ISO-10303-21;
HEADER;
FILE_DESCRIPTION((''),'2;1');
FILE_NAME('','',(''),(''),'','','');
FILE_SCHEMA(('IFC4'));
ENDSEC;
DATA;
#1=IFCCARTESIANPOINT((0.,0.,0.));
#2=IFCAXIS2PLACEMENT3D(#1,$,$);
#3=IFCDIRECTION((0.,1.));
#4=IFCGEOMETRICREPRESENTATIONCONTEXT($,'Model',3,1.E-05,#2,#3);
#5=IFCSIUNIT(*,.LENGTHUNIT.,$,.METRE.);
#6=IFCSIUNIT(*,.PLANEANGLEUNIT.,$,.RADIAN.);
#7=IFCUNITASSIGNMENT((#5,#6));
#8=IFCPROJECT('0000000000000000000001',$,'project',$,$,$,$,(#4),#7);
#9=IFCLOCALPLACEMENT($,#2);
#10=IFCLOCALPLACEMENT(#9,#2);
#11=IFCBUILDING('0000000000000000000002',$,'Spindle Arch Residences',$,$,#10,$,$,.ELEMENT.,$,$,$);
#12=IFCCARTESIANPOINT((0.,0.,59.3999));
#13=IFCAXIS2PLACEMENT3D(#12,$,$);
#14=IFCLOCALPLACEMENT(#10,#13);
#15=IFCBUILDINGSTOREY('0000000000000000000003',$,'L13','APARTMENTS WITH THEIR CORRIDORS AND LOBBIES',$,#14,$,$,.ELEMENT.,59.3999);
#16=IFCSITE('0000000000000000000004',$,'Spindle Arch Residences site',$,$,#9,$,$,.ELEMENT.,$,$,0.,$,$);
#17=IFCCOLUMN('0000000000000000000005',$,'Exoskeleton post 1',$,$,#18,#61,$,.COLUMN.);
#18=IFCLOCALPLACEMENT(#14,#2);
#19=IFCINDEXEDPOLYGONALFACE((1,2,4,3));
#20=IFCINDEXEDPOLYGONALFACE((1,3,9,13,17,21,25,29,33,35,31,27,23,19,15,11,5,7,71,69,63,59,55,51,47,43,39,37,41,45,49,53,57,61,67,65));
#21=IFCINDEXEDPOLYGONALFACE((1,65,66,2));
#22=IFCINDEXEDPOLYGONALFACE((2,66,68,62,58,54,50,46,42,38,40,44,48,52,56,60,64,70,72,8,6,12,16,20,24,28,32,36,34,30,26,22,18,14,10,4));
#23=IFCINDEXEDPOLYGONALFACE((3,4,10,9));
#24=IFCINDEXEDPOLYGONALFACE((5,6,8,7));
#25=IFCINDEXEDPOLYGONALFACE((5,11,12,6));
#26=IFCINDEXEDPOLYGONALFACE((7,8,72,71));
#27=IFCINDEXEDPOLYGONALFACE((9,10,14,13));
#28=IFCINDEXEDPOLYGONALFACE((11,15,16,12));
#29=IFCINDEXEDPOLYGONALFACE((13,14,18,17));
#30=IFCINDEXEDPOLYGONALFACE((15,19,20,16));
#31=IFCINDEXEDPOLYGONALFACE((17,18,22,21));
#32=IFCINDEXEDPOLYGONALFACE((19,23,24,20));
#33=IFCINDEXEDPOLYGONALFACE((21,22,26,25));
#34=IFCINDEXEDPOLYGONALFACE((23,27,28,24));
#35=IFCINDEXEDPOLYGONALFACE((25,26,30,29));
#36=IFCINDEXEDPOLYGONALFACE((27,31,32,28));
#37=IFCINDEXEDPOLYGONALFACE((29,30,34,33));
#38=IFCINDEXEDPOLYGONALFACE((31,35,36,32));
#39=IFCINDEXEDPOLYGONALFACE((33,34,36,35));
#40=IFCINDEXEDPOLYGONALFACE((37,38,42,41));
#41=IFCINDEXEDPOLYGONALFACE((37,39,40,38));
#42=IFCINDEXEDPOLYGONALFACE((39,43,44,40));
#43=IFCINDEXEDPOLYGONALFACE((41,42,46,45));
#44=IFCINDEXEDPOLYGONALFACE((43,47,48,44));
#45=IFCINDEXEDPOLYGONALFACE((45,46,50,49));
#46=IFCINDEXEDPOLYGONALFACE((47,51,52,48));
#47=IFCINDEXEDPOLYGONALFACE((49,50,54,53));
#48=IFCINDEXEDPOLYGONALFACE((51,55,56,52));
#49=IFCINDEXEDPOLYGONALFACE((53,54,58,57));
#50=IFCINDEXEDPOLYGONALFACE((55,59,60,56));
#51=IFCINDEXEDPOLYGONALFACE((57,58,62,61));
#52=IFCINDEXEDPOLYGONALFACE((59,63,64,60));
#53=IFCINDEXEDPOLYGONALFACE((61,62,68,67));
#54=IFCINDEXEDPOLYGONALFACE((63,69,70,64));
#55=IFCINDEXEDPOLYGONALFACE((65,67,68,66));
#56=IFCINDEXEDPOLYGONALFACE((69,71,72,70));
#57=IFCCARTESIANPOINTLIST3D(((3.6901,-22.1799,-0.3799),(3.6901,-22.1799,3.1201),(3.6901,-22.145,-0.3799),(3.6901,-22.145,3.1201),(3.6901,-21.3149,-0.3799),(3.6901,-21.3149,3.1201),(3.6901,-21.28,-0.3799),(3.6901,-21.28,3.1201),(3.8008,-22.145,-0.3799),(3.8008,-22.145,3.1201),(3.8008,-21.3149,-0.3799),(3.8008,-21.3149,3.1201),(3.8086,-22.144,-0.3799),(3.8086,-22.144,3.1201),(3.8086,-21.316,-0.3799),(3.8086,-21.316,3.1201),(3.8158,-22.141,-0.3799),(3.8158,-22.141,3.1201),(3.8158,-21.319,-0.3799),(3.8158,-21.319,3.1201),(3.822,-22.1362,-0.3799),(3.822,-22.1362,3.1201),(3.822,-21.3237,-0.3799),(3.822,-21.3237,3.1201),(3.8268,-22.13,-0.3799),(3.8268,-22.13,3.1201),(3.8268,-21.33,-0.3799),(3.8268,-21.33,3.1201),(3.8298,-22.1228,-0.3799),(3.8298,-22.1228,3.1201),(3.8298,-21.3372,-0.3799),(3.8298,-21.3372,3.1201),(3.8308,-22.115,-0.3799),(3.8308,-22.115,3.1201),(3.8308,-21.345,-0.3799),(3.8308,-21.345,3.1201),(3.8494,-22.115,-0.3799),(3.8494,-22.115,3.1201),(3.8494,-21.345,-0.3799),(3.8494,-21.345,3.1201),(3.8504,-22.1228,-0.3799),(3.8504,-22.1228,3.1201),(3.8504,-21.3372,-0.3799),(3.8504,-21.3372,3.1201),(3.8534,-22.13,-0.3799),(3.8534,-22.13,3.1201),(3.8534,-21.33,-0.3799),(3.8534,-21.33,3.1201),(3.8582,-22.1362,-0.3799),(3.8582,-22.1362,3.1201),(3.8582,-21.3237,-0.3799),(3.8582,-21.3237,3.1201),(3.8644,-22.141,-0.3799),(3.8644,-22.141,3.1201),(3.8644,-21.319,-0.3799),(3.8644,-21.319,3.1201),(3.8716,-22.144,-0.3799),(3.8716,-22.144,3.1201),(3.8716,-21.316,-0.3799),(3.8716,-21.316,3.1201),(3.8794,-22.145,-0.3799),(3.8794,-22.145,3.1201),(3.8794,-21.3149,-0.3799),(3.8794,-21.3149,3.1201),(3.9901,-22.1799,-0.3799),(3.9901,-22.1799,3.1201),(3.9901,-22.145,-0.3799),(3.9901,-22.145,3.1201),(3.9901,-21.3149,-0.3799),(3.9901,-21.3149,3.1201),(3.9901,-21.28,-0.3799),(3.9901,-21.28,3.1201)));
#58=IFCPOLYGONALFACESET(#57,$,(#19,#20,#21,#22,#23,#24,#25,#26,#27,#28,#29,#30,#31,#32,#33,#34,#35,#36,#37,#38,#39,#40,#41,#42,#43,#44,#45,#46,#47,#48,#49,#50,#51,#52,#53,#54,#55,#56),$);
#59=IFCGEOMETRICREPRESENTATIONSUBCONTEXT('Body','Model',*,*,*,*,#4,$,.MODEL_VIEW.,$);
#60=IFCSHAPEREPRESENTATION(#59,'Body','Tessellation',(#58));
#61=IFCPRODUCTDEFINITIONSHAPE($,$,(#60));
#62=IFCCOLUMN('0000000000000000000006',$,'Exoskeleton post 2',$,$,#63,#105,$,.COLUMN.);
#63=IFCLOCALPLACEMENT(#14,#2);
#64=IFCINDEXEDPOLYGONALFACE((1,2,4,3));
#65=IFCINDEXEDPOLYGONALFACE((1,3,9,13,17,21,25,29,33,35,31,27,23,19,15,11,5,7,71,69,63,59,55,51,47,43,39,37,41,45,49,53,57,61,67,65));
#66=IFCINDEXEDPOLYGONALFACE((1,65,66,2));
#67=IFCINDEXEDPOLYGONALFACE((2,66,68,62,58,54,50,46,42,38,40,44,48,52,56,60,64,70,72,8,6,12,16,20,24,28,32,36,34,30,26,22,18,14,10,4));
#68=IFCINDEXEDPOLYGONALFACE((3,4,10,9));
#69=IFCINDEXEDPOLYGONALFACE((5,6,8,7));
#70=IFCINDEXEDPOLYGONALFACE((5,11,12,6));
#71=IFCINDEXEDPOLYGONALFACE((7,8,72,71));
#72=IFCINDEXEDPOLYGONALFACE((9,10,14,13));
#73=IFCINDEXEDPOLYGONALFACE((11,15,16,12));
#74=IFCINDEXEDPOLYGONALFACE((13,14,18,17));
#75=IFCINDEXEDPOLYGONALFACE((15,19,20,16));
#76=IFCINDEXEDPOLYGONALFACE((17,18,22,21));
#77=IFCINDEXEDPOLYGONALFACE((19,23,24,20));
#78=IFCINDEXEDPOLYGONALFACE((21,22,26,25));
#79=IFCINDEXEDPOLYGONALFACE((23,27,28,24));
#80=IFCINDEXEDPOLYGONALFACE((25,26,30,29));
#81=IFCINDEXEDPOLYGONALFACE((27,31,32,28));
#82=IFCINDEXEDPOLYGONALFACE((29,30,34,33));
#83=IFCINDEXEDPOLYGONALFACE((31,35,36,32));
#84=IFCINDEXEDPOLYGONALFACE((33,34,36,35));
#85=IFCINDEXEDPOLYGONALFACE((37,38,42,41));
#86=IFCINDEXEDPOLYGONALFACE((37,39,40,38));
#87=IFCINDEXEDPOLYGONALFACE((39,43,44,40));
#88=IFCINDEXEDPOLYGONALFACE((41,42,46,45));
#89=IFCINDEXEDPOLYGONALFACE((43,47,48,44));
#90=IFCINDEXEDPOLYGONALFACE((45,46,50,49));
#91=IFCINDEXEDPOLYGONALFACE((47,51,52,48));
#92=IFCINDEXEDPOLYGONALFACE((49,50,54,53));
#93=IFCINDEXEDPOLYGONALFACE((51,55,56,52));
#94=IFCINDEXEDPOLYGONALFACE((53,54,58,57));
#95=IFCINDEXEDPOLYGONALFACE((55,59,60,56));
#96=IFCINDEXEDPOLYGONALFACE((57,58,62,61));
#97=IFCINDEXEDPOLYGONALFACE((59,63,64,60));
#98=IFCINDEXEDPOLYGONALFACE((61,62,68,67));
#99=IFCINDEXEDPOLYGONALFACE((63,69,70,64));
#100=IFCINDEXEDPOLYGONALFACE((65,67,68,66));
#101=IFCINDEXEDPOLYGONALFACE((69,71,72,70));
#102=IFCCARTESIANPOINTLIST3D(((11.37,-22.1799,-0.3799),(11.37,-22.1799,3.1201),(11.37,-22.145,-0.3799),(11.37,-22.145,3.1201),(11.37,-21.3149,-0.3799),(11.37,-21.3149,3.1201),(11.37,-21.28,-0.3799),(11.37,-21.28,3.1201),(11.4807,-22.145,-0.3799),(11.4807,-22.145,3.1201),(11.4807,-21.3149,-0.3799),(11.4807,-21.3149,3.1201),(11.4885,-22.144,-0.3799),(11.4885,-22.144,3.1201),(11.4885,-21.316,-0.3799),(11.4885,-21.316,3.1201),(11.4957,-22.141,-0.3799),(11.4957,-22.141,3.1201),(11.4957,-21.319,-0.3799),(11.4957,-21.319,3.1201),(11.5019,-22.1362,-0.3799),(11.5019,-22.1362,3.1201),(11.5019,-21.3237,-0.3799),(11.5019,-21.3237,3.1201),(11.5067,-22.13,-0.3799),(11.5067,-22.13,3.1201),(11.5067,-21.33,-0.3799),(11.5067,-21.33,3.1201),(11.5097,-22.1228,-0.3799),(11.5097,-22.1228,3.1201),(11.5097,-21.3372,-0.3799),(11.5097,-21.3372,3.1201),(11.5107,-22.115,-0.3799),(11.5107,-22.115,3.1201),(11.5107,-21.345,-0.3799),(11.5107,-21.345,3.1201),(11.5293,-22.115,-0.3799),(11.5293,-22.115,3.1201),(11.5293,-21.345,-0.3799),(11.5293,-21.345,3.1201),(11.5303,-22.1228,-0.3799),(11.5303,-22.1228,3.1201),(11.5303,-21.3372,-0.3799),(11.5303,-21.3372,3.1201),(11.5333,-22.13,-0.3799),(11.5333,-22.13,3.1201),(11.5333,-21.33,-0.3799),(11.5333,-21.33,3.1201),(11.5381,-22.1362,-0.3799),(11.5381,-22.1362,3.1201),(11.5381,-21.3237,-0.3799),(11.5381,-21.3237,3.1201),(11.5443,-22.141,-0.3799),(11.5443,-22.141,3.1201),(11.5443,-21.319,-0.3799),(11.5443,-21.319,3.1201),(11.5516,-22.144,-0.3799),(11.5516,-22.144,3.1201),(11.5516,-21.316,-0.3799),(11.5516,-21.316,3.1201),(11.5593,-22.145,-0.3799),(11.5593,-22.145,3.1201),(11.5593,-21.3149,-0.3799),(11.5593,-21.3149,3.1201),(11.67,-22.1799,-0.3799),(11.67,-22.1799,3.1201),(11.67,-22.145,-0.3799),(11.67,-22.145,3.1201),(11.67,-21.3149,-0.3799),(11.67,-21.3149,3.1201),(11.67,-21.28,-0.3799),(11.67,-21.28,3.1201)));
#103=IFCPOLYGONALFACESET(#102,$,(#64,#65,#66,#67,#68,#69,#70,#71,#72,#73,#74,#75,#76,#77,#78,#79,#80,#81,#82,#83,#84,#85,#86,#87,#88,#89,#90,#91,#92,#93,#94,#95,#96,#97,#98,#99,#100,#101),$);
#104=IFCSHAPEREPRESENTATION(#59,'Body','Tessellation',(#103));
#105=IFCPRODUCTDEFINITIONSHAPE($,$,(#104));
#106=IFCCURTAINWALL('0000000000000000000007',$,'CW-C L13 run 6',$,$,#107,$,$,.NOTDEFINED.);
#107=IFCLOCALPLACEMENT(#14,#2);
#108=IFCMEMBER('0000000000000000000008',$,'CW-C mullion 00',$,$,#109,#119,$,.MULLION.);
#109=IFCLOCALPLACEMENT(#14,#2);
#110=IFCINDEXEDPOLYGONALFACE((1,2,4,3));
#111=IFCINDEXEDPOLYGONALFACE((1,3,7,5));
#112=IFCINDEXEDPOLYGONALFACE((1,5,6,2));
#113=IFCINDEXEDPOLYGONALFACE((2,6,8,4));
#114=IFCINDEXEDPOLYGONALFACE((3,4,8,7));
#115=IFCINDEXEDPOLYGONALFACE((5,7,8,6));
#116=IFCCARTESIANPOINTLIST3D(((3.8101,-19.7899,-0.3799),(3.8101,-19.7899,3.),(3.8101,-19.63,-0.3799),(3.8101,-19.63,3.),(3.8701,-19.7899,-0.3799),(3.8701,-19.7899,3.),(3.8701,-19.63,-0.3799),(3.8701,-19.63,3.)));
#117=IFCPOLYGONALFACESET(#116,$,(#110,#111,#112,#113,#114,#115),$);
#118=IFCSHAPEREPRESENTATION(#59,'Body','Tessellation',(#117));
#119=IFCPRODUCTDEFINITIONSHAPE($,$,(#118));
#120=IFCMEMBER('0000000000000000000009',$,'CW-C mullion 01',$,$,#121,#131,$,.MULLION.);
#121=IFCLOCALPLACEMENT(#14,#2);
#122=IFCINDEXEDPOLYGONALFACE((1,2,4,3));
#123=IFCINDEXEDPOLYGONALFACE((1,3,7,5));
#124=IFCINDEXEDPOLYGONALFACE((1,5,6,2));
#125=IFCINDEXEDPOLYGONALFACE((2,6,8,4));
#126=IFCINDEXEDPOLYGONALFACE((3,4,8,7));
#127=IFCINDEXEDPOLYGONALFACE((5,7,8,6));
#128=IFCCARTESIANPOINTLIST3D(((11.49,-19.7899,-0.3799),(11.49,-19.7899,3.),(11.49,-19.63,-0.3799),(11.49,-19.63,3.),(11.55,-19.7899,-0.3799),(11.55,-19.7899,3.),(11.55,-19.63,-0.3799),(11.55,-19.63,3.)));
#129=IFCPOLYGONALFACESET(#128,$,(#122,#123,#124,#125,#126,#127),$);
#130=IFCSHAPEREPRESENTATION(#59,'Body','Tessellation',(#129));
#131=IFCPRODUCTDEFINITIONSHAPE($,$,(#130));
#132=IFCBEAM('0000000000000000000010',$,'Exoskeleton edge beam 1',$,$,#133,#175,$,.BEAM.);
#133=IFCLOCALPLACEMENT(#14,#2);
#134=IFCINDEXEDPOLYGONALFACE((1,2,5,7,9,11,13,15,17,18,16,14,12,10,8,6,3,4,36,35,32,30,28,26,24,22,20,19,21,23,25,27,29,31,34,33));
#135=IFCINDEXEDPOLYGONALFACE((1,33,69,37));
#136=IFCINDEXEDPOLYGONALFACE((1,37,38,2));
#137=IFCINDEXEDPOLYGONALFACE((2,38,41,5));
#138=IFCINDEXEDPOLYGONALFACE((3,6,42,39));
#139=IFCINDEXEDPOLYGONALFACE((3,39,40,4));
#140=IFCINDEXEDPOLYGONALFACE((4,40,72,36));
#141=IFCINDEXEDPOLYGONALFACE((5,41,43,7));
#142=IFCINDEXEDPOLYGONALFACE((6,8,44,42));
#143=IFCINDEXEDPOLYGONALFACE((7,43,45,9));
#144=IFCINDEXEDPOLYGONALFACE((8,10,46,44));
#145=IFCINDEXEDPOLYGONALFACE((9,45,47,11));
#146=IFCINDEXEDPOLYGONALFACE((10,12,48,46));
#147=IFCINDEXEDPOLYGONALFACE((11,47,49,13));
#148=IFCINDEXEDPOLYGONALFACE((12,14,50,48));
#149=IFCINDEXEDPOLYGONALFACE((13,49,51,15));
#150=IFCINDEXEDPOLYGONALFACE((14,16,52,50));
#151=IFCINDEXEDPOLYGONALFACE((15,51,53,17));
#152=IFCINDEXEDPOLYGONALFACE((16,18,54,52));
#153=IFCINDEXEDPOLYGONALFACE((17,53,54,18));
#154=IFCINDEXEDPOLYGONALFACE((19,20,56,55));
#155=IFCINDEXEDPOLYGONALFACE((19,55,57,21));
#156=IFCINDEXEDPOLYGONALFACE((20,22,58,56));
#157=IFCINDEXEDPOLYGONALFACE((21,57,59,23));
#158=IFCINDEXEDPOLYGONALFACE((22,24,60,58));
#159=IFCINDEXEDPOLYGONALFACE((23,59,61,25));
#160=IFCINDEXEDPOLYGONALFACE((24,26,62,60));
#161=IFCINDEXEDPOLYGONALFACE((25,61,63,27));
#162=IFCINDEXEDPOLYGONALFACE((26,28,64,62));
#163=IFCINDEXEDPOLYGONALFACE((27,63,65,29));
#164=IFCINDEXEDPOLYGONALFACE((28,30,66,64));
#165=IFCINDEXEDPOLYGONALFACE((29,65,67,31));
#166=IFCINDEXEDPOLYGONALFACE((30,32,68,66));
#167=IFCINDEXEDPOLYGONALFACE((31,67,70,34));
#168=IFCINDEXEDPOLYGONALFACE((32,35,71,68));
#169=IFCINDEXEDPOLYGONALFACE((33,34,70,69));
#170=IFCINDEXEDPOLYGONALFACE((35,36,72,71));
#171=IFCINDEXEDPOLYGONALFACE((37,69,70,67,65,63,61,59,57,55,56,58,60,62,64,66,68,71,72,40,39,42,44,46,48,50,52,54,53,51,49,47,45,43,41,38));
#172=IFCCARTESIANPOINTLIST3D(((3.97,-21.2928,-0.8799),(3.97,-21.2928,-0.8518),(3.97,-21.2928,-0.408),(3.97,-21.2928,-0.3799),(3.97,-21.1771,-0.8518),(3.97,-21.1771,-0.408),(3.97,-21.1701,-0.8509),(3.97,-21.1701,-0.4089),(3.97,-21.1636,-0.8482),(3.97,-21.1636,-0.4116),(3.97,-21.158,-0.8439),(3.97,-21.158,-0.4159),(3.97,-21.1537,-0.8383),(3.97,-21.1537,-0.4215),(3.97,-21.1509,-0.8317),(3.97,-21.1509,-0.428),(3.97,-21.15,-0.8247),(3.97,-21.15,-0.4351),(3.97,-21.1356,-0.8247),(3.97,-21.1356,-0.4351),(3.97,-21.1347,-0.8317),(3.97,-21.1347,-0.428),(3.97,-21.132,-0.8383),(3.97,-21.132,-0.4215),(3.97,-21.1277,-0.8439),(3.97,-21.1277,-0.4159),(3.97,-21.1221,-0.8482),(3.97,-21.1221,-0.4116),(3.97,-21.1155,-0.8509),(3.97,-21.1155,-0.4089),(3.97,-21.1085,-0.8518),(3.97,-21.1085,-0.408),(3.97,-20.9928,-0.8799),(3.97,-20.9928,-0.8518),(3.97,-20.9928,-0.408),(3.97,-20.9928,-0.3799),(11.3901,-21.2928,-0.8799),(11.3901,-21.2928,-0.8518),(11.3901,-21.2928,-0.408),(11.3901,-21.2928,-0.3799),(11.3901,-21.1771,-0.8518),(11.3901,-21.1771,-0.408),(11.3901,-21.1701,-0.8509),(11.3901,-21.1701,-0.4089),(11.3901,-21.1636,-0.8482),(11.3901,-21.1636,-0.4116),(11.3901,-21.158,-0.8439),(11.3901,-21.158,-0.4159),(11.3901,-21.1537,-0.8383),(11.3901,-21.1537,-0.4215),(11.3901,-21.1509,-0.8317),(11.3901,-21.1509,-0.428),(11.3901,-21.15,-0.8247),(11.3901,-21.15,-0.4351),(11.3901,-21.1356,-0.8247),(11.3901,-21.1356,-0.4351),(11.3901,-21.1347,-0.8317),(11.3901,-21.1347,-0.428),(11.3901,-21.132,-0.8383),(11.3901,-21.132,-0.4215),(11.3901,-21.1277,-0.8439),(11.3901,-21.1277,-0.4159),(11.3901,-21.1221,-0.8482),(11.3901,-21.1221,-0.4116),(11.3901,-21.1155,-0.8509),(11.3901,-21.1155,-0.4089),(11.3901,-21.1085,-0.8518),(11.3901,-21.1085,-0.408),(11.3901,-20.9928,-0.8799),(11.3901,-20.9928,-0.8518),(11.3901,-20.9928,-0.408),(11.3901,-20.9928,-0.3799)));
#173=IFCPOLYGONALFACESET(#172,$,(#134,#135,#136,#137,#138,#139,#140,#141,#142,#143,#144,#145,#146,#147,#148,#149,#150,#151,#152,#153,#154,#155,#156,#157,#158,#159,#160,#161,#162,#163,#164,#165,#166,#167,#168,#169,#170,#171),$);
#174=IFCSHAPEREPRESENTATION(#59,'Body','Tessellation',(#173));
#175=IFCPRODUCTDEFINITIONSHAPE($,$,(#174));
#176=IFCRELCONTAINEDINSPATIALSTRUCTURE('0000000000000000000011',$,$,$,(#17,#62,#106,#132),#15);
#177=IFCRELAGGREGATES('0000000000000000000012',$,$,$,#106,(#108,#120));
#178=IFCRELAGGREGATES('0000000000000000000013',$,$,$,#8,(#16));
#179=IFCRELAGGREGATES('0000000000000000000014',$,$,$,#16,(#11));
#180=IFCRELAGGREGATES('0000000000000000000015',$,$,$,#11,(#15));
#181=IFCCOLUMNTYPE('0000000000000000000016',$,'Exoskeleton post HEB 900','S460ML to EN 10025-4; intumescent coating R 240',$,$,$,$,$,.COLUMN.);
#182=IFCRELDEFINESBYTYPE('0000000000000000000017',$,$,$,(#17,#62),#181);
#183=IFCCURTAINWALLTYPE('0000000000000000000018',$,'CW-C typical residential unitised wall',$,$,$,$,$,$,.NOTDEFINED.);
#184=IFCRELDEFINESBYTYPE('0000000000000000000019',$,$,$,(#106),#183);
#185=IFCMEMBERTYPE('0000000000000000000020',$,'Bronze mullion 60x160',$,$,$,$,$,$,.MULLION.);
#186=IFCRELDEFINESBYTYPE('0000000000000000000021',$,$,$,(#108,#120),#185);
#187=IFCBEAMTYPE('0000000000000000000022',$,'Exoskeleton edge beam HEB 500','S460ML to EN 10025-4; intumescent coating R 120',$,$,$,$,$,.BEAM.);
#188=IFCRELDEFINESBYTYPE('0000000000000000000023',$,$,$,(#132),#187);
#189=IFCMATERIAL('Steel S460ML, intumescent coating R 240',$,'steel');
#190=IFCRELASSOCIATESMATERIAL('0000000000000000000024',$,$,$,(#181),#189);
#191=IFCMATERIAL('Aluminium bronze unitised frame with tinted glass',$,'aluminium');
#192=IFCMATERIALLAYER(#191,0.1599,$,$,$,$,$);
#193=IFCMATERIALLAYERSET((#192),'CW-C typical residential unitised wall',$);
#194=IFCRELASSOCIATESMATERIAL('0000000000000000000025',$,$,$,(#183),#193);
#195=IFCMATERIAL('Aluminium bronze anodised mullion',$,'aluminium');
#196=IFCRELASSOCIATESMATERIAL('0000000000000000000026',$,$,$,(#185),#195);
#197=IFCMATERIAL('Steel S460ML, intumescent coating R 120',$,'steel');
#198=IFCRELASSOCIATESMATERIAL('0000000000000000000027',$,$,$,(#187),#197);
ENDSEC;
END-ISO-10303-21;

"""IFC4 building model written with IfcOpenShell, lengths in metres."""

from ifc_helpers import new_model, si_unit, direction, frame, origin, origin_2d, place, context, subcontext, project, spatial, rectangle, i_section, extrude, material, layer, layer_set, material_profile, profile_set, type_object, element, aggregate, save


model = new_model("IFC4")

# Units and contexts
model_context = context("Model", 3, precision=1e-05, world=origin(), true_north=direction((0.0, 1.0)))
body_context = subcontext(model_context, "Body", "Model", "MODEL_VIEW")
ifc_project = project(units=[si_unit("LENGTHUNIT", "METRE"), si_unit("PLANEANGLEUNIT", "RADIAN")], contexts=[model_context])

# Site, building, storey
site_placement = place(None, origin())
site = spatial("IfcSite", under=ifc_project, at=site_placement, Name="Spindle Arch Residences site", CompositionType="ELEMENT", RefElevation=0.0)
building_placement = place(site_placement, origin())
building = spatial("IfcBuilding", under=site, at=building_placement, Name="Spindle Arch Residences", CompositionType="ELEMENT")
storey_placement = place(building_placement, frame((0.0, 0.0, 59.3999)))
storey = spatial("IfcBuildingStorey", under=building, at=storey_placement, Name="L13", Description="APARTMENTS WITH THEIR CORRIDORS AND LOBBIES", CompositionType="ELEMENT", Elevation=59.3999)

# Columns
ifc_material_1 = material(Name="Steel S460ML, intumescent coating R 240", Category="steel")
ifc_material_profile_1 = material_profile(ifc_material_1, i_section(OverallWidth=0.3, OverallDepth=0.8999, WebThickness=0.0186, FlangeThickness=0.0349, FilletRadius=0.03, at=origin_2d()), Name="HEB 900")
ifc_profile_set_1 = profile_set([ifc_material_profile_1], Name="Steel S460ML, intumescent coating R 240")
column_type = type_object("IfcColumnType", Name="Exoskeleton post HEB 900", Description="S460ML to EN 10025-4; intumescent coating R 240", PredefinedType="COLUMN", material=ifc_profile_set_1)
for number, where, z_axis, x_axis, name in (
    (1, (3.8401, -21.73, -0.3799), (0.0, 0.0, 1.0), (-1.0, 0.0, 0.0), "Exoskeleton post 1"),
    (2, (11.52, -21.73, -0.3799), (0.0, 0.0, 1.0), (-1.0, 0.0, 0.0), "Exoskeleton post 2"),
):
    element("IfcColumn", number, at=place(storey_placement, frame(where, z_axis=z_axis, x_axis=x_axis)), inside=storey, type_object=column_type, Name=name, PredefinedType="COLUMN", context=body_context, shape_type="SweptSolid", body=[
        extrude(i_section(OverallWidth=0.3, OverallDepth=0.8999, WebThickness=0.0186, FlangeThickness=0.0349, FilletRadius=0.03, at=origin_2d()), origin(), (0.0, 0.0, 1.0), 3.5),
    ])

# Curtain wall, members
ifc_material_2 = material(Name="Aluminium bronze unitised frame with tinted glass", Category="aluminium")
ifc_layer_1 = layer(ifc_material_2, 0.1599)
ifc_layer_set_1 = layer_set([ifc_layer_1], Name="CW-C typical residential unitised wall")
curtain_wall_type = type_object("IfcCurtainWallType", Name="CW-C typical residential unitised wall", PredefinedType="NOTDEFINED", material=ifc_layer_set_1)
curtain_wall_placement = place(storey_placement, origin())
curtain_wall = element("IfcCurtainWall", 3, at=curtain_wall_placement, inside=storey, type_object=curtain_wall_type, Name="CW-C L13 run 6", PredefinedType="NOTDEFINED")
ifc_material_3 = material(Name="Aluminium bronze anodised mullion", Category="aluminium")
ifc_material_profile_2 = material_profile(ifc_material_3, rectangle(XDim=0.1599, YDim=0.0601, at=origin_2d()), Name="MU 60x160")
ifc_profile_set_2 = profile_set([ifc_material_profile_2], Name="Aluminium bronze anodised mullion")
member_type = type_object("IfcMemberType", Name="Bronze mullion 60x160", PredefinedType="MULLION", material=ifc_profile_set_2)
member_1_placement = place(storey_placement, frame((3.8401, -19.71, -0.3799), z_axis=(0.0, 0.0, 1.0), x_axis=(0.0, 1.0, 0.0)))
member_1 = element("IfcMember", 4, at=member_1_placement, type_object=member_type, Name="CW-C mullion 00", PredefinedType="MULLION", context=body_context, shape_type="SweptSolid", body=[
    extrude(rectangle(XDim=0.1599, YDim=0.0601, at=origin_2d()), origin(), (0.0, 0.0, 1.0), 3.3799),
])
member_2_placement = place(storey_placement, frame((11.52, -19.71, -0.3799), z_axis=(0.0, 0.0, 1.0), x_axis=(0.0, 1.0, 0.0)))
member_2 = element("IfcMember", 5, at=member_2_placement, type_object=member_type, Name="CW-C mullion 01", PredefinedType="MULLION", context=body_context, shape_type="SweptSolid", body=[
    extrude(rectangle(XDim=0.1599, YDim=0.0601, at=origin_2d()), origin(), (0.0, 0.0, 1.0), 3.3799),
])

# Beam
ifc_material_4 = material(Name="Steel S460ML, intumescent coating R 120", Category="steel")
ifc_material_profile_3 = material_profile(ifc_material_4, i_section(OverallWidth=0.3, OverallDepth=0.5, WebThickness=0.0144, FlangeThickness=0.0281, FilletRadius=0.0271, at=origin_2d()), Name="HEB 500")
ifc_profile_set_3 = profile_set([ifc_material_profile_3], Name="Steel S460ML, intumescent coating R 120")
beam_type_1 = type_object("IfcBeamType", Name="Exoskeleton edge beam HEB 500", Description="S460ML to EN 10025-4; intumescent coating R 120", PredefinedType="BEAM", material=ifc_profile_set_3)
for number, where, z_axis, x_axis, name in (
    (6, (3.97, -21.1428, -0.6299), (1.0, 0.0, 0.0), (0.0, 1.0, 0.0), "Exoskeleton edge beam 1"),
):
    element("IfcBeam", number, at=place(storey_placement, frame(where, z_axis=z_axis, x_axis=x_axis)), inside=storey, type_object=beam_type_1, Name=name, PredefinedType="BEAM", context=body_context, shape_type="SweptSolid", body=[
        extrude(i_section(OverallWidth=0.3, OverallDepth=0.5, WebThickness=0.0144, FlangeThickness=0.0281, FilletRadius=0.0271, at=origin_2d()), origin(), (0.0, 0.0, 1.0), 7.4202),
    ])

aggregate(curtain_wall, [member_1, member_2])

save(model, "model.ifc")
